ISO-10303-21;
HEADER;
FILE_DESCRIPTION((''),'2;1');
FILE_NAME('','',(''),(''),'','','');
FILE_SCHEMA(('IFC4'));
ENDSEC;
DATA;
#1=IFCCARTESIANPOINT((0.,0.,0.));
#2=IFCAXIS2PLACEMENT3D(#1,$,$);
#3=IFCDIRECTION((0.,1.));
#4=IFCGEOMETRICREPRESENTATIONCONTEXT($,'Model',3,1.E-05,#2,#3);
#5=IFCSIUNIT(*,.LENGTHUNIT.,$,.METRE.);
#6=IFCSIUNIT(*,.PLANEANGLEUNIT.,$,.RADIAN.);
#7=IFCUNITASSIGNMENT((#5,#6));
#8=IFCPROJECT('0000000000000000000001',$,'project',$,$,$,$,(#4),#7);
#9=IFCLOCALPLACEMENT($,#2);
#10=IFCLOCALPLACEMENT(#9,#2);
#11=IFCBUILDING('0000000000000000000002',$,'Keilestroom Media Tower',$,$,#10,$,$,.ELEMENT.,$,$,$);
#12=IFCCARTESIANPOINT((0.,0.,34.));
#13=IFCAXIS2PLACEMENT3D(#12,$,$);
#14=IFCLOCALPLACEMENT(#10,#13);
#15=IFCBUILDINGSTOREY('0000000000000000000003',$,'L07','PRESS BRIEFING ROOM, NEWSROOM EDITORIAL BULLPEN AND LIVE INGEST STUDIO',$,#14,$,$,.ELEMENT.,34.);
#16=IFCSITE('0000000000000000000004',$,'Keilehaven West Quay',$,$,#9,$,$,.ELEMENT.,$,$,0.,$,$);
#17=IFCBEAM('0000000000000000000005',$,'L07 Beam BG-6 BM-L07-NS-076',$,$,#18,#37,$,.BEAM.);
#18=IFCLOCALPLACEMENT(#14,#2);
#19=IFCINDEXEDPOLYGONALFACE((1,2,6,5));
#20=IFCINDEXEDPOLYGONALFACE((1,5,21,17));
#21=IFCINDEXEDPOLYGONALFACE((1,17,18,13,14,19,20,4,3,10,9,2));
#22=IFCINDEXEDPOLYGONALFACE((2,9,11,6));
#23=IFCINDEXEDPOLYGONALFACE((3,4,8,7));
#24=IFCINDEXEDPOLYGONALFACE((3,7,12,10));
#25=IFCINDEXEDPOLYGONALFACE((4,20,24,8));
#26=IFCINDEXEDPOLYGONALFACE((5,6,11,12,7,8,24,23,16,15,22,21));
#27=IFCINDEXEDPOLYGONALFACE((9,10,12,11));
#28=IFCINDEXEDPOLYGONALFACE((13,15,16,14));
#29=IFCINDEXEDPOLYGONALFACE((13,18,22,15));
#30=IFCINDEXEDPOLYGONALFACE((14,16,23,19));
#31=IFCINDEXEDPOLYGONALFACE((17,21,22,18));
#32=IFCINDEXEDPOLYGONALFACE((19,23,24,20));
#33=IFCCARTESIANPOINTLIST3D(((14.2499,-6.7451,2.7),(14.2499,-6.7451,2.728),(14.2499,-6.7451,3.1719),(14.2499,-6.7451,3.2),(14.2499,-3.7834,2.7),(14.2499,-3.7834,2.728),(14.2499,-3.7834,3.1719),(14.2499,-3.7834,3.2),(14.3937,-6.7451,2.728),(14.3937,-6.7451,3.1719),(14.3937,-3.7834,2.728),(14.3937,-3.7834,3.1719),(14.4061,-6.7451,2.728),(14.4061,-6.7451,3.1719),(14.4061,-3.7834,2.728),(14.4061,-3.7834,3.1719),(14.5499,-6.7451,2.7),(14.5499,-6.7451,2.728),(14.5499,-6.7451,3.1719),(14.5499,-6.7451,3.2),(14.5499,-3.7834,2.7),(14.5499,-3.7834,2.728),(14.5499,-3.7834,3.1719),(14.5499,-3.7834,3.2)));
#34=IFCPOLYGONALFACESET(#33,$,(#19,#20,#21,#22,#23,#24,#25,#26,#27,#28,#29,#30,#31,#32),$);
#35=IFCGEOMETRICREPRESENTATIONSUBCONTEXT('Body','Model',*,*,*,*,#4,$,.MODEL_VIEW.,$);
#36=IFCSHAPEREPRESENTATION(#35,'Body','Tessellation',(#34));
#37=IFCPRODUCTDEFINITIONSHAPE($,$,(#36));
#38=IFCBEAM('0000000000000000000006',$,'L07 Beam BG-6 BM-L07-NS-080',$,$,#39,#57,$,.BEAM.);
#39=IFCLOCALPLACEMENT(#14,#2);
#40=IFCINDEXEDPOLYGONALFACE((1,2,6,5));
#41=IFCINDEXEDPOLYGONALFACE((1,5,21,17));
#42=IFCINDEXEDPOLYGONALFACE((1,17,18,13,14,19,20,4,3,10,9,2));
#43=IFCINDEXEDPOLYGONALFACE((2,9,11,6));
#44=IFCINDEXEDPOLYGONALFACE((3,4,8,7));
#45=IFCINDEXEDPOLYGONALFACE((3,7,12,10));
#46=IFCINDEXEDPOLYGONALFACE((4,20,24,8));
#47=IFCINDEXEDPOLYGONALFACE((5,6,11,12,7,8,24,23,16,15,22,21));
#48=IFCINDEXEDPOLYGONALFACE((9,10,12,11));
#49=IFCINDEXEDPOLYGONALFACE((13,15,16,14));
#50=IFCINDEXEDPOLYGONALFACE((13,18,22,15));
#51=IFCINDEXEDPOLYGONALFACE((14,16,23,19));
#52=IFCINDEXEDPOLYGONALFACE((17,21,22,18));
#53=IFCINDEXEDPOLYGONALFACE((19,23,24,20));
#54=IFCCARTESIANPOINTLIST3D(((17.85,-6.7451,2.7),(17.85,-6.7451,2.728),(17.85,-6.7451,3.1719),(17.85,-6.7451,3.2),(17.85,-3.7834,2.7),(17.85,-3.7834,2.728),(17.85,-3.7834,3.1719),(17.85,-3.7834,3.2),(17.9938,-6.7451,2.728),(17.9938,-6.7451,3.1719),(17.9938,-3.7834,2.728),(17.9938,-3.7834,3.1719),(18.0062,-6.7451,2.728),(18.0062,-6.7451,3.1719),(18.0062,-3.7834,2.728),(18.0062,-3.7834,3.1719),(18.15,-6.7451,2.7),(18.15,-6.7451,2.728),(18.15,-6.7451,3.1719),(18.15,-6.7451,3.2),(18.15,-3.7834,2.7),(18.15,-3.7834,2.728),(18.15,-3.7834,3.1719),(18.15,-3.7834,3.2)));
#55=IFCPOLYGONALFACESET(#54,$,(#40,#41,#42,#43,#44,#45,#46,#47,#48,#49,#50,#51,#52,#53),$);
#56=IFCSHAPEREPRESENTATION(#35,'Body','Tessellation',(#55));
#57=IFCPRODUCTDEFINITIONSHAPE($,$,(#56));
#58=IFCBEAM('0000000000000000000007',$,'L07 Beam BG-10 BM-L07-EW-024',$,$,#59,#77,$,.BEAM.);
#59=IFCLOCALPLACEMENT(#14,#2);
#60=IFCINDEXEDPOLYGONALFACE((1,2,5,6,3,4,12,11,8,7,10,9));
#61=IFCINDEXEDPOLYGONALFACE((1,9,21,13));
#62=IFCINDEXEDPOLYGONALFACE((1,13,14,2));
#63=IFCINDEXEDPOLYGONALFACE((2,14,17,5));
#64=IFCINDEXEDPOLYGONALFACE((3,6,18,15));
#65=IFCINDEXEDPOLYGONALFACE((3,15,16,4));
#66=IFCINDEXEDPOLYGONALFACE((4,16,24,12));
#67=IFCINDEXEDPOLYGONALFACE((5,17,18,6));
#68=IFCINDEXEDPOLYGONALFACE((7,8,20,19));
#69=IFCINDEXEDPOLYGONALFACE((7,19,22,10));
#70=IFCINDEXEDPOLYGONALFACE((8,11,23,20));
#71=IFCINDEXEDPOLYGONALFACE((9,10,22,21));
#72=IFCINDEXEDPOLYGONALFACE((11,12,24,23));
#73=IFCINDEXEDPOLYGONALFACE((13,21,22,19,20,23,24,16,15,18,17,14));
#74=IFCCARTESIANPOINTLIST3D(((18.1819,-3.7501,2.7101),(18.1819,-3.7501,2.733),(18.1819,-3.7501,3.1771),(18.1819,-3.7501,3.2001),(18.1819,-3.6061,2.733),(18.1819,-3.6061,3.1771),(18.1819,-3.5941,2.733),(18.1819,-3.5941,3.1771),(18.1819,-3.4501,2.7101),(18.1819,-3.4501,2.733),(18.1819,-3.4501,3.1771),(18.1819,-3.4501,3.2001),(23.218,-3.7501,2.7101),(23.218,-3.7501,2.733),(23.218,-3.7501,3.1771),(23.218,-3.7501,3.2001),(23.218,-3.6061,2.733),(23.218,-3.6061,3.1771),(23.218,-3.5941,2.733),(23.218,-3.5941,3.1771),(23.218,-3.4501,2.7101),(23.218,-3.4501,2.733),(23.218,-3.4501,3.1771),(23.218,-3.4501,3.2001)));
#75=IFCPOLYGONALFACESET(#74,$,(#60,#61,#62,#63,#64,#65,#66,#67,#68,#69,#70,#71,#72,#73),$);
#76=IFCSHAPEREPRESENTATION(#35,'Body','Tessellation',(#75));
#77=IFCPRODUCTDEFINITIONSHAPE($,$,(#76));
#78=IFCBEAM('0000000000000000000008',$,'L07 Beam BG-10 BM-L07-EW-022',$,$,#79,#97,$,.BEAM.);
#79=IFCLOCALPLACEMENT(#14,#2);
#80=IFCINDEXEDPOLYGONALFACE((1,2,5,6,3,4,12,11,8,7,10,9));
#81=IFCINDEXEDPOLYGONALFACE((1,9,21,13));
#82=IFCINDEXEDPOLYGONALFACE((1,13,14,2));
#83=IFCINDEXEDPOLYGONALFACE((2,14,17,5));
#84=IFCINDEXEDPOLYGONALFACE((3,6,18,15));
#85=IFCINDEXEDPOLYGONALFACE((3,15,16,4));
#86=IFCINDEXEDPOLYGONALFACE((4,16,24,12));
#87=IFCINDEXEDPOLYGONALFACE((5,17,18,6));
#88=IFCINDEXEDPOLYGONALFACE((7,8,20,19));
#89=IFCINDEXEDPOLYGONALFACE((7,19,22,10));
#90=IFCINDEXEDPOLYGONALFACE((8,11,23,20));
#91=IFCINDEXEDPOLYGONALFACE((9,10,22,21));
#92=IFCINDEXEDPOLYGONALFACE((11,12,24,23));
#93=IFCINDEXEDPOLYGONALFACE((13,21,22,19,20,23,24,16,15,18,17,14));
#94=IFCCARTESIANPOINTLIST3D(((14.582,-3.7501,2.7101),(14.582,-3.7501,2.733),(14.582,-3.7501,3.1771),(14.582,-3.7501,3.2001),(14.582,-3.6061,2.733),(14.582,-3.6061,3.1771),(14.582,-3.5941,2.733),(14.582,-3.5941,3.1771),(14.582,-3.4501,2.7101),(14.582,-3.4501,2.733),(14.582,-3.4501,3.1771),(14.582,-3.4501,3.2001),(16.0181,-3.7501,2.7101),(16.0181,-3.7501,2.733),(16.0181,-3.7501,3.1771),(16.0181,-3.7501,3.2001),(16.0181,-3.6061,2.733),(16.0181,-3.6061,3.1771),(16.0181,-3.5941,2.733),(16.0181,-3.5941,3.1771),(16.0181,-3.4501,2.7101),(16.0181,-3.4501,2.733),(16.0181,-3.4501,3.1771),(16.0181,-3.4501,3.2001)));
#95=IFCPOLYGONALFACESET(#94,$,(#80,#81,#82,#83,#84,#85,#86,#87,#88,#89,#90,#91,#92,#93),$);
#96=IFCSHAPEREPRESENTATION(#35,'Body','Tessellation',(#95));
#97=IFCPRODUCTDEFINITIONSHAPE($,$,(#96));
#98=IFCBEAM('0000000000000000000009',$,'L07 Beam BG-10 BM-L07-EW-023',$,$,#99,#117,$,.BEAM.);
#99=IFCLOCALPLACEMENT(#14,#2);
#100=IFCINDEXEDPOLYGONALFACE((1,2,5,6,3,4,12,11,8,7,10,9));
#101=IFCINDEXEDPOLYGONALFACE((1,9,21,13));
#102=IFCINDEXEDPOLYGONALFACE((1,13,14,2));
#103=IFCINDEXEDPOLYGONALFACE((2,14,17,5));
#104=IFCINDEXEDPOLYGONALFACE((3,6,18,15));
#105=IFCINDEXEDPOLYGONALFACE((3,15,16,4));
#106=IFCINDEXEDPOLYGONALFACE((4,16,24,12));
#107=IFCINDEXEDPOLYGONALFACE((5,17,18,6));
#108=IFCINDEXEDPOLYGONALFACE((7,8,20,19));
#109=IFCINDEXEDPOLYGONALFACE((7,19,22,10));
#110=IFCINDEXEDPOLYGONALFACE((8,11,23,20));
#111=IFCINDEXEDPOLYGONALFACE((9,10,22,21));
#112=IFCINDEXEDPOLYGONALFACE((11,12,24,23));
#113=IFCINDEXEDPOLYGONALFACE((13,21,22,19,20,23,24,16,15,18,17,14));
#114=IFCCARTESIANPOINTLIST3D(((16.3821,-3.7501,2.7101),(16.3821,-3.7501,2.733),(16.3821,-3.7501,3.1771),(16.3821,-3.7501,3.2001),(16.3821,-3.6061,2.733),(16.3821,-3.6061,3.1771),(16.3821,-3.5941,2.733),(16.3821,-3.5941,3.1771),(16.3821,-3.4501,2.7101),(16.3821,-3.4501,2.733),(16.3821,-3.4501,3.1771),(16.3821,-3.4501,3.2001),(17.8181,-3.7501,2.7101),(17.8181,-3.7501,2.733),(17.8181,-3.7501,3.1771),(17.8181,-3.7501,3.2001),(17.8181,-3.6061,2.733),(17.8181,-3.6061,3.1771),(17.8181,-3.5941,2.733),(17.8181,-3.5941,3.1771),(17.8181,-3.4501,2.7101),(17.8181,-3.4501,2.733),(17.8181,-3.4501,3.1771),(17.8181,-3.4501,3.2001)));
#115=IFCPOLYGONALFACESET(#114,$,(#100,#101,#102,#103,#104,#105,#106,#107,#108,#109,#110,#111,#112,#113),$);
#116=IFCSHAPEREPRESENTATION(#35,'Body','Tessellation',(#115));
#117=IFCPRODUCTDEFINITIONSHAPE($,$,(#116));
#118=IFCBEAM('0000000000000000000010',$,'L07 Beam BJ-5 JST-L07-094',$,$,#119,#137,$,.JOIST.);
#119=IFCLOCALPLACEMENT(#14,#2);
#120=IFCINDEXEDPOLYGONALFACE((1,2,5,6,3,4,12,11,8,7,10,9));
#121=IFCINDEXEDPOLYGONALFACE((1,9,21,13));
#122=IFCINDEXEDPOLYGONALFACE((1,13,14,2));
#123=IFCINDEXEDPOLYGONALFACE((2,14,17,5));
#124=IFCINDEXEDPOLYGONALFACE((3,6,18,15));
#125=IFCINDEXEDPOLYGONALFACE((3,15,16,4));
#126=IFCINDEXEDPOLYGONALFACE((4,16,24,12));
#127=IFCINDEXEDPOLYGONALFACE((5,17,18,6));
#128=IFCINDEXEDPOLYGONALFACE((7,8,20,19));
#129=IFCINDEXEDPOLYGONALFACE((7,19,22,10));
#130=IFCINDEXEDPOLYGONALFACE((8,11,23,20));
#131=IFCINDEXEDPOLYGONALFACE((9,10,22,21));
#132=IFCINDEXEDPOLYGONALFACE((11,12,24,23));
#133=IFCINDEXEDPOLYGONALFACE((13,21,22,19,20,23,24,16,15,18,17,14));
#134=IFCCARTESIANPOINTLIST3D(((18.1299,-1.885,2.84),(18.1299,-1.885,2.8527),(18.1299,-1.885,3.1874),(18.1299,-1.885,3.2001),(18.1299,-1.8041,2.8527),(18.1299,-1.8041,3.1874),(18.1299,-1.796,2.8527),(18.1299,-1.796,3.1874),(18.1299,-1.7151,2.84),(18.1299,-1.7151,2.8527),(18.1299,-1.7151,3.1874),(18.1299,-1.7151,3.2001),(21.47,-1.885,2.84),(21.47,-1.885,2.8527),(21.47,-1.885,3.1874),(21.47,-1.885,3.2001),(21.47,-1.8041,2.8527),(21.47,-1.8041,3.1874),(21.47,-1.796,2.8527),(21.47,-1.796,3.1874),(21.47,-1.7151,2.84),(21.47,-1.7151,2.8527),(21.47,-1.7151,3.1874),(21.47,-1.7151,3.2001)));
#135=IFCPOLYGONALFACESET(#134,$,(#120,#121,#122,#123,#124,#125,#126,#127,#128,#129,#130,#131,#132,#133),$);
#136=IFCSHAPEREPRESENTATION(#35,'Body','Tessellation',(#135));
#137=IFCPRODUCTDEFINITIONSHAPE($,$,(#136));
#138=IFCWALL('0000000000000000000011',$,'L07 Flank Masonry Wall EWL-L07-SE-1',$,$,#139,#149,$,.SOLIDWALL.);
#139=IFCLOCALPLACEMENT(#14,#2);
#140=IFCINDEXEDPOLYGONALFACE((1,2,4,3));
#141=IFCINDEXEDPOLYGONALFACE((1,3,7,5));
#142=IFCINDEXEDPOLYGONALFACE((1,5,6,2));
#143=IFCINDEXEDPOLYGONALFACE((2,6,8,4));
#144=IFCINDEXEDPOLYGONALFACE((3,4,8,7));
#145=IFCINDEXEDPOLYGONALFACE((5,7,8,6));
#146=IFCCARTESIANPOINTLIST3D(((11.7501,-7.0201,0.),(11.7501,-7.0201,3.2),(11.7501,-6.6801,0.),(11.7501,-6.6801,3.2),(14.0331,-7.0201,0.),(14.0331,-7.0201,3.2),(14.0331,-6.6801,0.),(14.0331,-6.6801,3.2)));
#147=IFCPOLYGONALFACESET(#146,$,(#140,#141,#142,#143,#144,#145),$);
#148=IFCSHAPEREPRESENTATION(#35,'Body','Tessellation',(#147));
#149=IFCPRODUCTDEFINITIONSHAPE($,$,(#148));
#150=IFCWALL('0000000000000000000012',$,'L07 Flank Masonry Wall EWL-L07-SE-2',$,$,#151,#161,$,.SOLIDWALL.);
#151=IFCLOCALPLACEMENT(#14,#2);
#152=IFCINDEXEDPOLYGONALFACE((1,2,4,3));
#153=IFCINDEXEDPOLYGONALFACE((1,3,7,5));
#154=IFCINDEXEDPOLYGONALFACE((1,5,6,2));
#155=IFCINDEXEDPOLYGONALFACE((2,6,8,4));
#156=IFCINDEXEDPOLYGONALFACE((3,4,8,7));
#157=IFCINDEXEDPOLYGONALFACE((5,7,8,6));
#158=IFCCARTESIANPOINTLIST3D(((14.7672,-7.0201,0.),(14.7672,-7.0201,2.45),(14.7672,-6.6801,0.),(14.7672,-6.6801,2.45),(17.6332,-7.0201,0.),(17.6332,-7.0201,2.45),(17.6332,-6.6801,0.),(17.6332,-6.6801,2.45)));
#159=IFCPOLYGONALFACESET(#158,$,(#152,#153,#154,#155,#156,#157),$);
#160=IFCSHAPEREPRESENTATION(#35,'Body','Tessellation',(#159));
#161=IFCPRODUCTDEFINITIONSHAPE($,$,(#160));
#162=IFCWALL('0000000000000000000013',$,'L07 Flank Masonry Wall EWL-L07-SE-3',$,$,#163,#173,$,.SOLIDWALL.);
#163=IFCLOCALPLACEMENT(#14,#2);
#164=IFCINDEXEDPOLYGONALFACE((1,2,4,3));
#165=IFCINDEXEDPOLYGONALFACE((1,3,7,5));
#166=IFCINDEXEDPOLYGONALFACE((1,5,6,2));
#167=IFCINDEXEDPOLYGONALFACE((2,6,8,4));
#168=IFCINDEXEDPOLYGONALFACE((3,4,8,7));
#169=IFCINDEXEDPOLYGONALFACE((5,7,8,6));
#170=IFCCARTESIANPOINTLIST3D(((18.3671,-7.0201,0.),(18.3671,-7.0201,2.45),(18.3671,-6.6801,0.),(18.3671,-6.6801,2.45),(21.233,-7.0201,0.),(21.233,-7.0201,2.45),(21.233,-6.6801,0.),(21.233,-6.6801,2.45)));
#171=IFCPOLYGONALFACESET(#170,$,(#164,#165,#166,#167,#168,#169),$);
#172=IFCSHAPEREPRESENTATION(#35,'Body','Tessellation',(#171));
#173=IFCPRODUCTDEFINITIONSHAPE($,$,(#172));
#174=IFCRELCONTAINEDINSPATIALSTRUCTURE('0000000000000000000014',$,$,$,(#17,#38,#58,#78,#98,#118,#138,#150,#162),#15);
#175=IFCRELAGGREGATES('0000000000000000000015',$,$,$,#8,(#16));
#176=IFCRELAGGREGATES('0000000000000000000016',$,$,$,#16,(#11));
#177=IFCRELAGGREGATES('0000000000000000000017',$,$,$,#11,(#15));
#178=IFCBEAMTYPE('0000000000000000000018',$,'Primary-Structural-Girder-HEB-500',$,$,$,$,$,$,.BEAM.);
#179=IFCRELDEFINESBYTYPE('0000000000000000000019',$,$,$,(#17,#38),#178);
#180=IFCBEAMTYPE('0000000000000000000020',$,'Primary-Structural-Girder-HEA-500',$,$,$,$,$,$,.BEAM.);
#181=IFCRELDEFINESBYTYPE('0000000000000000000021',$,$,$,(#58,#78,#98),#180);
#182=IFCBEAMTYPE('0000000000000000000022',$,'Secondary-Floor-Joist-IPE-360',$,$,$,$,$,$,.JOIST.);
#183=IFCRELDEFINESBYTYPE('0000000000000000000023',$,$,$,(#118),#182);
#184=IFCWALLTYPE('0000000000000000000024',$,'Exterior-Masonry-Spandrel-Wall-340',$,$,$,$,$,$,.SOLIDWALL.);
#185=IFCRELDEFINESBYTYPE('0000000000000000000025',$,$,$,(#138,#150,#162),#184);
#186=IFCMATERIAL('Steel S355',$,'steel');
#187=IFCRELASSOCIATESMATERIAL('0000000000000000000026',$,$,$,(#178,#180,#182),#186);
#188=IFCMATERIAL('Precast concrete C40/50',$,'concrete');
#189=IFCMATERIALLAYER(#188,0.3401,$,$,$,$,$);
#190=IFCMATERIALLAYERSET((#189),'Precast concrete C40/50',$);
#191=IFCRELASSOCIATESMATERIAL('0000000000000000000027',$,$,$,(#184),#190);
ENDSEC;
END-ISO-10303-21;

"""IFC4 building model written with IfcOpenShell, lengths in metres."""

from ifc_helpers import new_model, si_unit, direction, frame, frame_2d, origin, origin_2d, place, context, subcontext, project, spatial, rectangle, i_section, extrude, source, transform, mapped, material, layer, layer_set, material_profile, profile_set, type_object, element, save


model = new_model("IFC4")

# Units and contexts
model_context = context("Model", 3, precision=1e-05, world=origin(), true_north=direction((0.0, 1.0)))
body_context = subcontext(model_context, "Body", "Model", "MODEL_VIEW")
ifc_project = project(units=[si_unit("LENGTHUNIT", "METRE"), si_unit("PLANEANGLEUNIT", "RADIAN")], contexts=[model_context])

# Site, building, storey
site_placement = place(None, origin())
site = spatial("IfcSite", under=ifc_project, at=site_placement, Name="Keilehaven West Quay", CompositionType="ELEMENT", RefElevation=0.0)
building_placement = place(site_placement, origin())
building = spatial("IfcBuilding", under=site, at=building_placement, Name="Keilestroom Media Tower", CompositionType="ELEMENT")
storey_placement = place(building_placement, frame((0.0, 0.0, 34.0)))
storey = spatial("IfcBuildingStorey", under=building, at=storey_placement, Name="L07", Description="PRESS BRIEFING ROOM, NEWSROOM EDITORIAL BULLPEN AND LIVE INGEST STUDIO", CompositionType="ELEMENT", Elevation=34.0)

# Shared definitions
ifc_material_1 = material(Name="Precast concrete C40/50", Category="concrete")

# Beams
ifc_material_2 = material(Name="Steel S355", Category="steel")
ifc_material_profile_1 = material_profile(ifc_material_2, i_section(OverallWidth=0.3, OverallDepth=0.5, WebThickness=0.0125, FlangeThickness=0.0281, at=origin_2d()), Name="HEB 500")
ifc_profile_set_1 = profile_set([ifc_material_profile_1], Name="Steel S355")
beam_type_1 = type_object("IfcBeamType", Name="Primary-Structural-Girder-HEB-500", PredefinedType="BEAM", material=ifc_profile_set_1)
shared_shape_1 = source(origin(), body_context, "Body", "SweptSolid", [
    extrude(i_section(OverallWidth=0.3, OverallDepth=0.5, WebThickness=0.0125, FlangeThickness=0.0281, at=origin_2d()), origin(), (0.0, 0.0, 1.0), 2.9617),
])
for number, where, z_axis, x_axis, name in (
    (1, (14.3999, -6.7451, 2.95), (0.0, 1.0, 0.0), (-1.0, 0.0, 0.0), "L07 Beam BG-6 BM-L07-NS-076"),
    (2, (18.0, -6.7451, 2.95), (0.0, 1.0, 0.0), (-1.0, 0.0, 0.0), "L07 Beam BG-6 BM-L07-NS-080"),
):
    element("IfcBeam", number, at=place(storey_placement, frame(where, z_axis=z_axis, x_axis=x_axis)), inside=storey, type_object=beam_type_1, Name=name, PredefinedType="BEAM", context=body_context, shape_type="MappedRepresentation", body=[
        mapped(shared_shape_1, transform((0.0, 0.0, 0.0), x_axis=(1.0, 0.0, 0.0), y_axis=(0.0, 1.0, 0.0), z_axis=(0.0, 0.0, 1.0), scale=1.0)),
    ])
ifc_material_profile_2 = material_profile(ifc_material_2, i_section(OverallWidth=0.3, OverallDepth=0.49, WebThickness=0.012, FlangeThickness=0.0229, at=origin_2d()), Name="HEA 500")
ifc_profile_set_2 = profile_set([ifc_material_profile_2], Name="Steel S355")
beam_type_2 = type_object("IfcBeamType", Name="Primary-Structural-Girder-HEA-500", PredefinedType="BEAM", material=ifc_profile_set_2)
shared_shape_2 = source(origin(), body_context, "Body", "SweptSolid", [
    extrude(i_section(OverallWidth=0.3, OverallDepth=0.49, WebThickness=0.012, FlangeThickness=0.0229, at=origin_2d()), origin(), (0.0, 0.0, 1.0), 5.0361),
])
beam_1_placement = place(storey_placement, frame((18.1819, -3.6001, 2.9551), z_axis=(1.0, 0.0, 0.0), x_axis=(0.0, 1.0, 0.0)))
element("IfcBeam", 3, at=beam_1_placement, inside=storey, type_object=beam_type_2, Name="L07 Beam BG-10 BM-L07-EW-024", PredefinedType="BEAM", context=body_context, shape_type="MappedRepresentation", body=[
    mapped(shared_shape_2, transform((0.0, 0.0, 0.0), x_axis=(1.0, 0.0, 0.0), y_axis=(0.0, 1.0, 0.0), z_axis=(0.0, 0.0, 1.0), scale=1.0)),
])
shared_shape_3 = source(origin(), body_context, "Body", "SweptSolid", [
    extrude(i_section(OverallWidth=0.3, OverallDepth=0.49, WebThickness=0.012, FlangeThickness=0.0229, at=origin_2d()), origin(), (0.0, 0.0, 1.0), 1.436),
])
for number, where, z_axis, x_axis, name in (
    (4, (14.582, -3.6001, 2.9551), (1.0, 0.0, 0.0), (0.0, 1.0, 0.0), "L07 Beam BG-10 BM-L07-EW-022"),
    (5, (16.3821, -3.6001, 2.9551), (1.0, 0.0, 0.0), (0.0, 1.0, 0.0), "L07 Beam BG-10 BM-L07-EW-023"),
):
    element("IfcBeam", number, at=place(storey_placement, frame(where, z_axis=z_axis, x_axis=x_axis)), inside=storey, type_object=beam_type_2, Name=name, PredefinedType="BEAM", context=body_context, shape_type="MappedRepresentation", body=[
        mapped(shared_shape_3, transform((0.0, 0.0, 0.0), x_axis=(1.0, 0.0, 0.0), y_axis=(0.0, 1.0, 0.0), z_axis=(0.0, 0.0, 1.0), scale=1.0)),
    ])
ifc_material_profile_3 = material_profile(ifc_material_2, i_section(OverallWidth=0.1699, OverallDepth=0.3601, WebThickness=0.0081, FlangeThickness=0.0127, at=origin_2d()), Name="IPE 360")
ifc_profile_set_3 = profile_set([ifc_material_profile_3], Name="Steel S355")
beam_type_3 = type_object("IfcBeamType", Name="Secondary-Floor-Joist-IPE-360", PredefinedType="JOIST", material=ifc_profile_set_3)
shared_shape_4 = source(origin(), body_context, "Body", "SweptSolid", [
    extrude(i_section(OverallWidth=0.1699, OverallDepth=0.3601, WebThickness=0.0081, FlangeThickness=0.0127, at=origin_2d()), origin(), (0.0, 0.0, 1.0), 3.3401),
])
beam_2_placement = place(storey_placement, frame((18.1299, -1.8, 3.02), z_axis=(1.0, 0.0, 0.0), x_axis=(0.0, 1.0, 0.0)))
element("IfcBeam", 6, at=beam_2_placement, inside=storey, type_object=beam_type_3, Name="L07 Beam BJ-5 JST-L07-094", PredefinedType="JOIST", context=body_context, shape_type="MappedRepresentation", body=[
    mapped(shared_shape_4, transform((0.0, 0.0, 0.0), x_axis=(1.0, 0.0, 0.0), y_axis=(0.0, 1.0, 0.0), z_axis=(0.0, 0.0, 1.0), scale=1.0)),
])

# Walls
ifc_layer_1 = layer(ifc_material_1, 0.3401)
ifc_layer_set_1 = layer_set([ifc_layer_1], Name="Precast concrete C40/50")
wall_type_1 = type_object("IfcWallType", Name="Exterior-Masonry-Spandrel-Wall-340", PredefinedType="SOLIDWALL", material=ifc_layer_set_1)
wall_1_placement = place(storey_placement, frame((11.75, -6.8501, 0.0), z_axis=(0.0, 0.0, 1.0), x_axis=(1.0, 0.0, 0.0)))
element("IfcWall", 7, at=wall_1_placement, inside=storey, type_object=wall_type_1, Name="L07 Flank Masonry Wall EWL-L07-SE-1", PredefinedType="SOLIDWALL", context=body_context, shape_type="SweptSolid", body=[
    extrude(rectangle(XDim=2.283, YDim=0.3401, at=frame_2d((1.1416, 0.0))), origin(), (0.0, 0.0, 1.0), 3.2),
])
for number, where, z_axis, x_axis, name in (
    (8, (14.7671, -6.8501, 0.0), (0.0, 0.0, 1.0), (1.0, 0.0, 0.0), "L07 Flank Masonry Wall EWL-L07-SE-2"),
    (9, (18.3669, -6.8501, 0.0), (0.0, 0.0, 1.0), (1.0, 0.0, 0.0), "L07 Flank Masonry Wall EWL-L07-SE-3"),
):
    element("IfcWall", number, at=place(storey_placement, frame(where, z_axis=z_axis, x_axis=x_axis)), inside=storey, type_object=wall_type_1, Name=name, PredefinedType="SOLIDWALL", context=body_context, shape_type="SweptSolid", body=[
        extrude(rectangle(XDim=2.866, YDim=0.3401, at=frame_2d((1.4331, 0.0))), origin(), (0.0, 0.0, 1.0), 2.45),
    ])

save(model, "model.ifc")
